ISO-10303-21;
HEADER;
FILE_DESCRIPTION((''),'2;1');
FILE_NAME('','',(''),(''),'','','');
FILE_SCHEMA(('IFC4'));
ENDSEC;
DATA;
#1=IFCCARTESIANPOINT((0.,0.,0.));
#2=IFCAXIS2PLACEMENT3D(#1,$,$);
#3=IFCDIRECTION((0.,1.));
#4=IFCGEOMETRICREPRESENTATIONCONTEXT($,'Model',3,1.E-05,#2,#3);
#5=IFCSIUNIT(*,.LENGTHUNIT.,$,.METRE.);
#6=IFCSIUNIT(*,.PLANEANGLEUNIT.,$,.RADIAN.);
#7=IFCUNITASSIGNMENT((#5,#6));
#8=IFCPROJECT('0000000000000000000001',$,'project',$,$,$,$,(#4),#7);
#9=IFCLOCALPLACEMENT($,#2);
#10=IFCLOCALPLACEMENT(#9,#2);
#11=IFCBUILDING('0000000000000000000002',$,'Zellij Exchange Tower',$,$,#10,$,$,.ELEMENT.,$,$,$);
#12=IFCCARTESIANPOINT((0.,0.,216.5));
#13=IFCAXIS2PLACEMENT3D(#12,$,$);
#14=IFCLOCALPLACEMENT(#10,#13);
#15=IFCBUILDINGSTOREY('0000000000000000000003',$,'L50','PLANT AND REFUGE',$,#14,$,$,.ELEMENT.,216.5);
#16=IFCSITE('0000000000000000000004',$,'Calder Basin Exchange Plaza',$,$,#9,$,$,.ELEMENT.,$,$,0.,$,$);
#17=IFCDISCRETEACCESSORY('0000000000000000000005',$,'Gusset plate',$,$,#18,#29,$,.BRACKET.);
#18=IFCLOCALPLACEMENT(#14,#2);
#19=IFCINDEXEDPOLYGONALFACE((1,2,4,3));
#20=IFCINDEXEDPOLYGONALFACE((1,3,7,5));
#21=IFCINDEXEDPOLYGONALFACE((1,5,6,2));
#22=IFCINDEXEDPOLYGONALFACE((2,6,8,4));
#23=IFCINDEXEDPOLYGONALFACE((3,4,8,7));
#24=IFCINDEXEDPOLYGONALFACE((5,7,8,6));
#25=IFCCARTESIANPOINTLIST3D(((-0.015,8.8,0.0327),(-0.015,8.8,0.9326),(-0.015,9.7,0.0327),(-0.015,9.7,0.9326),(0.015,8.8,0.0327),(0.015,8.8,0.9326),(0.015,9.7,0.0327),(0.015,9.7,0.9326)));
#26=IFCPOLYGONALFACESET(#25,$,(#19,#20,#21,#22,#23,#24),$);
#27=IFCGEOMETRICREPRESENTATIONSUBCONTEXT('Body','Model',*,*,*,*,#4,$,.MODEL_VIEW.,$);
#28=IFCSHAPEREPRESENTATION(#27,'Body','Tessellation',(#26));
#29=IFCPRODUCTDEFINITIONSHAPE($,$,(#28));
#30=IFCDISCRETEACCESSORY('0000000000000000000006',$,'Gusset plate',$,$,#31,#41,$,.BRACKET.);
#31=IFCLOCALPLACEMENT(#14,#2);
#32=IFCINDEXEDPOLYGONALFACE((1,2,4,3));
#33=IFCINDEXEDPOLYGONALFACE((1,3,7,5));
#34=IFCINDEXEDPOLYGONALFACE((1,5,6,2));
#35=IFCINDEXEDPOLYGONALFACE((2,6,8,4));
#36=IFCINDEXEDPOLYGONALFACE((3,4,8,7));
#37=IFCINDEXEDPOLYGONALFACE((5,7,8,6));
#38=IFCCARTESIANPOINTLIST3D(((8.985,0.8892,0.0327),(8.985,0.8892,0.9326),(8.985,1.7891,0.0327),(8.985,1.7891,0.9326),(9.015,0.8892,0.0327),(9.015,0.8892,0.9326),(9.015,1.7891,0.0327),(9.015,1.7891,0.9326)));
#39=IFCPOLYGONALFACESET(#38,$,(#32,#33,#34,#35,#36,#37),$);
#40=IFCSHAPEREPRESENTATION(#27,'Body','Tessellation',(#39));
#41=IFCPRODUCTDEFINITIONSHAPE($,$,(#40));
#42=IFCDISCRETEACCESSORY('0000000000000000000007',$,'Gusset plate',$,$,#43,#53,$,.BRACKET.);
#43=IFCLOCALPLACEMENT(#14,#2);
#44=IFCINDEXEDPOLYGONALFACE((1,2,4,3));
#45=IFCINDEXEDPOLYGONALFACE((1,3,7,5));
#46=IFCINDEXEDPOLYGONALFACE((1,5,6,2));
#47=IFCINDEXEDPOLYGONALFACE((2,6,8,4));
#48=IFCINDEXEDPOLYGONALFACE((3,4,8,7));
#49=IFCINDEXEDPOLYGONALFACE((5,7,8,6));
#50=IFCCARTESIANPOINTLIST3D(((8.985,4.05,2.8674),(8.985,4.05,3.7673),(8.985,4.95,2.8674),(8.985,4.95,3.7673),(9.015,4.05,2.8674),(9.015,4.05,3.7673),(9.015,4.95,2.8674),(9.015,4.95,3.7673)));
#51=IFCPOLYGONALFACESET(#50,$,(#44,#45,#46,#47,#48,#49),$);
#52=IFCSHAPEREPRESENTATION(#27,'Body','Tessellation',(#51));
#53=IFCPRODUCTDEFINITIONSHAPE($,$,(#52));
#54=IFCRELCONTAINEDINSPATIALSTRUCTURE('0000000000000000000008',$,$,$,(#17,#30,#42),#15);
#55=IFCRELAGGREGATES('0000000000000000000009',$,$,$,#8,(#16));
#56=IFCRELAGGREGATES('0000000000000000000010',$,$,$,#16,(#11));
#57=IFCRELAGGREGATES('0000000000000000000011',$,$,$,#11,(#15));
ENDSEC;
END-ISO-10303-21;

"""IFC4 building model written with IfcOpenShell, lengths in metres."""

from ifc_helpers import new_model, si_unit, direction, frame, origin, origin_2d, place, context, subcontext, project, spatial, rectangle, extrude, element, save


model = new_model("IFC4")

# Units and contexts
model_context = context("Model", 3, precision=1e-05, world=origin(), true_north=direction((0.0, 1.0)))
body_context = subcontext(model_context, "Body", "Model", "MODEL_VIEW")
ifc_project = project(units=[si_unit("LENGTHUNIT", "METRE"), si_unit("PLANEANGLEUNIT", "RADIAN")], contexts=[model_context])

# Site, building, storey
site_placement = place(None, origin())
site = spatial("IfcSite", under=ifc_project, at=site_placement, Name="Calder Basin Exchange Plaza", CompositionType="ELEMENT", RefElevation=0.0)
building_placement = place(site_placement, origin())
building = spatial("IfcBuilding", under=site, at=building_placement, Name="Zellij Exchange Tower", CompositionType="ELEMENT")
storey_placement = place(building_placement, frame((0.0, 0.0, 216.5)))
storey = spatial("IfcBuildingStorey", under=building, at=storey_placement, Name="L50", Description="PLANT AND REFUGE", CompositionType="ELEMENT", Elevation=216.5)

# Discrete accessories
for number, where, z_axis, x_axis, name in (
    (1, (0.0, 9.25, 0.0327), (0.0, 0.0, 1.0), (0.0, 1.0, 0.0), "Gusset plate"),
    (2, (9.0, 1.3391, 0.0327), (0.0, 0.0, 1.0), (0.0, 1.0, 0.0), "Gusset plate"),
    (3, (9.0, 4.5, 2.8674), (0.0, 0.0, 1.0), (0.0, 1.0, 0.0), "Gusset plate"),
):
    element("IfcDiscreteAccessory", number, at=place(storey_placement, frame(where, z_axis=z_axis, x_axis=x_axis)), inside=storey, Name=name, PredefinedType="BRACKET", context=body_context, shape_type="SweptSolid", body=[
        extrude(rectangle(XDim=0.8999, YDim=0.03, at=origin_2d()), origin(), (0.0, 0.0, 1.0), 0.8999),
    ])

save(model, "model.ifc")
